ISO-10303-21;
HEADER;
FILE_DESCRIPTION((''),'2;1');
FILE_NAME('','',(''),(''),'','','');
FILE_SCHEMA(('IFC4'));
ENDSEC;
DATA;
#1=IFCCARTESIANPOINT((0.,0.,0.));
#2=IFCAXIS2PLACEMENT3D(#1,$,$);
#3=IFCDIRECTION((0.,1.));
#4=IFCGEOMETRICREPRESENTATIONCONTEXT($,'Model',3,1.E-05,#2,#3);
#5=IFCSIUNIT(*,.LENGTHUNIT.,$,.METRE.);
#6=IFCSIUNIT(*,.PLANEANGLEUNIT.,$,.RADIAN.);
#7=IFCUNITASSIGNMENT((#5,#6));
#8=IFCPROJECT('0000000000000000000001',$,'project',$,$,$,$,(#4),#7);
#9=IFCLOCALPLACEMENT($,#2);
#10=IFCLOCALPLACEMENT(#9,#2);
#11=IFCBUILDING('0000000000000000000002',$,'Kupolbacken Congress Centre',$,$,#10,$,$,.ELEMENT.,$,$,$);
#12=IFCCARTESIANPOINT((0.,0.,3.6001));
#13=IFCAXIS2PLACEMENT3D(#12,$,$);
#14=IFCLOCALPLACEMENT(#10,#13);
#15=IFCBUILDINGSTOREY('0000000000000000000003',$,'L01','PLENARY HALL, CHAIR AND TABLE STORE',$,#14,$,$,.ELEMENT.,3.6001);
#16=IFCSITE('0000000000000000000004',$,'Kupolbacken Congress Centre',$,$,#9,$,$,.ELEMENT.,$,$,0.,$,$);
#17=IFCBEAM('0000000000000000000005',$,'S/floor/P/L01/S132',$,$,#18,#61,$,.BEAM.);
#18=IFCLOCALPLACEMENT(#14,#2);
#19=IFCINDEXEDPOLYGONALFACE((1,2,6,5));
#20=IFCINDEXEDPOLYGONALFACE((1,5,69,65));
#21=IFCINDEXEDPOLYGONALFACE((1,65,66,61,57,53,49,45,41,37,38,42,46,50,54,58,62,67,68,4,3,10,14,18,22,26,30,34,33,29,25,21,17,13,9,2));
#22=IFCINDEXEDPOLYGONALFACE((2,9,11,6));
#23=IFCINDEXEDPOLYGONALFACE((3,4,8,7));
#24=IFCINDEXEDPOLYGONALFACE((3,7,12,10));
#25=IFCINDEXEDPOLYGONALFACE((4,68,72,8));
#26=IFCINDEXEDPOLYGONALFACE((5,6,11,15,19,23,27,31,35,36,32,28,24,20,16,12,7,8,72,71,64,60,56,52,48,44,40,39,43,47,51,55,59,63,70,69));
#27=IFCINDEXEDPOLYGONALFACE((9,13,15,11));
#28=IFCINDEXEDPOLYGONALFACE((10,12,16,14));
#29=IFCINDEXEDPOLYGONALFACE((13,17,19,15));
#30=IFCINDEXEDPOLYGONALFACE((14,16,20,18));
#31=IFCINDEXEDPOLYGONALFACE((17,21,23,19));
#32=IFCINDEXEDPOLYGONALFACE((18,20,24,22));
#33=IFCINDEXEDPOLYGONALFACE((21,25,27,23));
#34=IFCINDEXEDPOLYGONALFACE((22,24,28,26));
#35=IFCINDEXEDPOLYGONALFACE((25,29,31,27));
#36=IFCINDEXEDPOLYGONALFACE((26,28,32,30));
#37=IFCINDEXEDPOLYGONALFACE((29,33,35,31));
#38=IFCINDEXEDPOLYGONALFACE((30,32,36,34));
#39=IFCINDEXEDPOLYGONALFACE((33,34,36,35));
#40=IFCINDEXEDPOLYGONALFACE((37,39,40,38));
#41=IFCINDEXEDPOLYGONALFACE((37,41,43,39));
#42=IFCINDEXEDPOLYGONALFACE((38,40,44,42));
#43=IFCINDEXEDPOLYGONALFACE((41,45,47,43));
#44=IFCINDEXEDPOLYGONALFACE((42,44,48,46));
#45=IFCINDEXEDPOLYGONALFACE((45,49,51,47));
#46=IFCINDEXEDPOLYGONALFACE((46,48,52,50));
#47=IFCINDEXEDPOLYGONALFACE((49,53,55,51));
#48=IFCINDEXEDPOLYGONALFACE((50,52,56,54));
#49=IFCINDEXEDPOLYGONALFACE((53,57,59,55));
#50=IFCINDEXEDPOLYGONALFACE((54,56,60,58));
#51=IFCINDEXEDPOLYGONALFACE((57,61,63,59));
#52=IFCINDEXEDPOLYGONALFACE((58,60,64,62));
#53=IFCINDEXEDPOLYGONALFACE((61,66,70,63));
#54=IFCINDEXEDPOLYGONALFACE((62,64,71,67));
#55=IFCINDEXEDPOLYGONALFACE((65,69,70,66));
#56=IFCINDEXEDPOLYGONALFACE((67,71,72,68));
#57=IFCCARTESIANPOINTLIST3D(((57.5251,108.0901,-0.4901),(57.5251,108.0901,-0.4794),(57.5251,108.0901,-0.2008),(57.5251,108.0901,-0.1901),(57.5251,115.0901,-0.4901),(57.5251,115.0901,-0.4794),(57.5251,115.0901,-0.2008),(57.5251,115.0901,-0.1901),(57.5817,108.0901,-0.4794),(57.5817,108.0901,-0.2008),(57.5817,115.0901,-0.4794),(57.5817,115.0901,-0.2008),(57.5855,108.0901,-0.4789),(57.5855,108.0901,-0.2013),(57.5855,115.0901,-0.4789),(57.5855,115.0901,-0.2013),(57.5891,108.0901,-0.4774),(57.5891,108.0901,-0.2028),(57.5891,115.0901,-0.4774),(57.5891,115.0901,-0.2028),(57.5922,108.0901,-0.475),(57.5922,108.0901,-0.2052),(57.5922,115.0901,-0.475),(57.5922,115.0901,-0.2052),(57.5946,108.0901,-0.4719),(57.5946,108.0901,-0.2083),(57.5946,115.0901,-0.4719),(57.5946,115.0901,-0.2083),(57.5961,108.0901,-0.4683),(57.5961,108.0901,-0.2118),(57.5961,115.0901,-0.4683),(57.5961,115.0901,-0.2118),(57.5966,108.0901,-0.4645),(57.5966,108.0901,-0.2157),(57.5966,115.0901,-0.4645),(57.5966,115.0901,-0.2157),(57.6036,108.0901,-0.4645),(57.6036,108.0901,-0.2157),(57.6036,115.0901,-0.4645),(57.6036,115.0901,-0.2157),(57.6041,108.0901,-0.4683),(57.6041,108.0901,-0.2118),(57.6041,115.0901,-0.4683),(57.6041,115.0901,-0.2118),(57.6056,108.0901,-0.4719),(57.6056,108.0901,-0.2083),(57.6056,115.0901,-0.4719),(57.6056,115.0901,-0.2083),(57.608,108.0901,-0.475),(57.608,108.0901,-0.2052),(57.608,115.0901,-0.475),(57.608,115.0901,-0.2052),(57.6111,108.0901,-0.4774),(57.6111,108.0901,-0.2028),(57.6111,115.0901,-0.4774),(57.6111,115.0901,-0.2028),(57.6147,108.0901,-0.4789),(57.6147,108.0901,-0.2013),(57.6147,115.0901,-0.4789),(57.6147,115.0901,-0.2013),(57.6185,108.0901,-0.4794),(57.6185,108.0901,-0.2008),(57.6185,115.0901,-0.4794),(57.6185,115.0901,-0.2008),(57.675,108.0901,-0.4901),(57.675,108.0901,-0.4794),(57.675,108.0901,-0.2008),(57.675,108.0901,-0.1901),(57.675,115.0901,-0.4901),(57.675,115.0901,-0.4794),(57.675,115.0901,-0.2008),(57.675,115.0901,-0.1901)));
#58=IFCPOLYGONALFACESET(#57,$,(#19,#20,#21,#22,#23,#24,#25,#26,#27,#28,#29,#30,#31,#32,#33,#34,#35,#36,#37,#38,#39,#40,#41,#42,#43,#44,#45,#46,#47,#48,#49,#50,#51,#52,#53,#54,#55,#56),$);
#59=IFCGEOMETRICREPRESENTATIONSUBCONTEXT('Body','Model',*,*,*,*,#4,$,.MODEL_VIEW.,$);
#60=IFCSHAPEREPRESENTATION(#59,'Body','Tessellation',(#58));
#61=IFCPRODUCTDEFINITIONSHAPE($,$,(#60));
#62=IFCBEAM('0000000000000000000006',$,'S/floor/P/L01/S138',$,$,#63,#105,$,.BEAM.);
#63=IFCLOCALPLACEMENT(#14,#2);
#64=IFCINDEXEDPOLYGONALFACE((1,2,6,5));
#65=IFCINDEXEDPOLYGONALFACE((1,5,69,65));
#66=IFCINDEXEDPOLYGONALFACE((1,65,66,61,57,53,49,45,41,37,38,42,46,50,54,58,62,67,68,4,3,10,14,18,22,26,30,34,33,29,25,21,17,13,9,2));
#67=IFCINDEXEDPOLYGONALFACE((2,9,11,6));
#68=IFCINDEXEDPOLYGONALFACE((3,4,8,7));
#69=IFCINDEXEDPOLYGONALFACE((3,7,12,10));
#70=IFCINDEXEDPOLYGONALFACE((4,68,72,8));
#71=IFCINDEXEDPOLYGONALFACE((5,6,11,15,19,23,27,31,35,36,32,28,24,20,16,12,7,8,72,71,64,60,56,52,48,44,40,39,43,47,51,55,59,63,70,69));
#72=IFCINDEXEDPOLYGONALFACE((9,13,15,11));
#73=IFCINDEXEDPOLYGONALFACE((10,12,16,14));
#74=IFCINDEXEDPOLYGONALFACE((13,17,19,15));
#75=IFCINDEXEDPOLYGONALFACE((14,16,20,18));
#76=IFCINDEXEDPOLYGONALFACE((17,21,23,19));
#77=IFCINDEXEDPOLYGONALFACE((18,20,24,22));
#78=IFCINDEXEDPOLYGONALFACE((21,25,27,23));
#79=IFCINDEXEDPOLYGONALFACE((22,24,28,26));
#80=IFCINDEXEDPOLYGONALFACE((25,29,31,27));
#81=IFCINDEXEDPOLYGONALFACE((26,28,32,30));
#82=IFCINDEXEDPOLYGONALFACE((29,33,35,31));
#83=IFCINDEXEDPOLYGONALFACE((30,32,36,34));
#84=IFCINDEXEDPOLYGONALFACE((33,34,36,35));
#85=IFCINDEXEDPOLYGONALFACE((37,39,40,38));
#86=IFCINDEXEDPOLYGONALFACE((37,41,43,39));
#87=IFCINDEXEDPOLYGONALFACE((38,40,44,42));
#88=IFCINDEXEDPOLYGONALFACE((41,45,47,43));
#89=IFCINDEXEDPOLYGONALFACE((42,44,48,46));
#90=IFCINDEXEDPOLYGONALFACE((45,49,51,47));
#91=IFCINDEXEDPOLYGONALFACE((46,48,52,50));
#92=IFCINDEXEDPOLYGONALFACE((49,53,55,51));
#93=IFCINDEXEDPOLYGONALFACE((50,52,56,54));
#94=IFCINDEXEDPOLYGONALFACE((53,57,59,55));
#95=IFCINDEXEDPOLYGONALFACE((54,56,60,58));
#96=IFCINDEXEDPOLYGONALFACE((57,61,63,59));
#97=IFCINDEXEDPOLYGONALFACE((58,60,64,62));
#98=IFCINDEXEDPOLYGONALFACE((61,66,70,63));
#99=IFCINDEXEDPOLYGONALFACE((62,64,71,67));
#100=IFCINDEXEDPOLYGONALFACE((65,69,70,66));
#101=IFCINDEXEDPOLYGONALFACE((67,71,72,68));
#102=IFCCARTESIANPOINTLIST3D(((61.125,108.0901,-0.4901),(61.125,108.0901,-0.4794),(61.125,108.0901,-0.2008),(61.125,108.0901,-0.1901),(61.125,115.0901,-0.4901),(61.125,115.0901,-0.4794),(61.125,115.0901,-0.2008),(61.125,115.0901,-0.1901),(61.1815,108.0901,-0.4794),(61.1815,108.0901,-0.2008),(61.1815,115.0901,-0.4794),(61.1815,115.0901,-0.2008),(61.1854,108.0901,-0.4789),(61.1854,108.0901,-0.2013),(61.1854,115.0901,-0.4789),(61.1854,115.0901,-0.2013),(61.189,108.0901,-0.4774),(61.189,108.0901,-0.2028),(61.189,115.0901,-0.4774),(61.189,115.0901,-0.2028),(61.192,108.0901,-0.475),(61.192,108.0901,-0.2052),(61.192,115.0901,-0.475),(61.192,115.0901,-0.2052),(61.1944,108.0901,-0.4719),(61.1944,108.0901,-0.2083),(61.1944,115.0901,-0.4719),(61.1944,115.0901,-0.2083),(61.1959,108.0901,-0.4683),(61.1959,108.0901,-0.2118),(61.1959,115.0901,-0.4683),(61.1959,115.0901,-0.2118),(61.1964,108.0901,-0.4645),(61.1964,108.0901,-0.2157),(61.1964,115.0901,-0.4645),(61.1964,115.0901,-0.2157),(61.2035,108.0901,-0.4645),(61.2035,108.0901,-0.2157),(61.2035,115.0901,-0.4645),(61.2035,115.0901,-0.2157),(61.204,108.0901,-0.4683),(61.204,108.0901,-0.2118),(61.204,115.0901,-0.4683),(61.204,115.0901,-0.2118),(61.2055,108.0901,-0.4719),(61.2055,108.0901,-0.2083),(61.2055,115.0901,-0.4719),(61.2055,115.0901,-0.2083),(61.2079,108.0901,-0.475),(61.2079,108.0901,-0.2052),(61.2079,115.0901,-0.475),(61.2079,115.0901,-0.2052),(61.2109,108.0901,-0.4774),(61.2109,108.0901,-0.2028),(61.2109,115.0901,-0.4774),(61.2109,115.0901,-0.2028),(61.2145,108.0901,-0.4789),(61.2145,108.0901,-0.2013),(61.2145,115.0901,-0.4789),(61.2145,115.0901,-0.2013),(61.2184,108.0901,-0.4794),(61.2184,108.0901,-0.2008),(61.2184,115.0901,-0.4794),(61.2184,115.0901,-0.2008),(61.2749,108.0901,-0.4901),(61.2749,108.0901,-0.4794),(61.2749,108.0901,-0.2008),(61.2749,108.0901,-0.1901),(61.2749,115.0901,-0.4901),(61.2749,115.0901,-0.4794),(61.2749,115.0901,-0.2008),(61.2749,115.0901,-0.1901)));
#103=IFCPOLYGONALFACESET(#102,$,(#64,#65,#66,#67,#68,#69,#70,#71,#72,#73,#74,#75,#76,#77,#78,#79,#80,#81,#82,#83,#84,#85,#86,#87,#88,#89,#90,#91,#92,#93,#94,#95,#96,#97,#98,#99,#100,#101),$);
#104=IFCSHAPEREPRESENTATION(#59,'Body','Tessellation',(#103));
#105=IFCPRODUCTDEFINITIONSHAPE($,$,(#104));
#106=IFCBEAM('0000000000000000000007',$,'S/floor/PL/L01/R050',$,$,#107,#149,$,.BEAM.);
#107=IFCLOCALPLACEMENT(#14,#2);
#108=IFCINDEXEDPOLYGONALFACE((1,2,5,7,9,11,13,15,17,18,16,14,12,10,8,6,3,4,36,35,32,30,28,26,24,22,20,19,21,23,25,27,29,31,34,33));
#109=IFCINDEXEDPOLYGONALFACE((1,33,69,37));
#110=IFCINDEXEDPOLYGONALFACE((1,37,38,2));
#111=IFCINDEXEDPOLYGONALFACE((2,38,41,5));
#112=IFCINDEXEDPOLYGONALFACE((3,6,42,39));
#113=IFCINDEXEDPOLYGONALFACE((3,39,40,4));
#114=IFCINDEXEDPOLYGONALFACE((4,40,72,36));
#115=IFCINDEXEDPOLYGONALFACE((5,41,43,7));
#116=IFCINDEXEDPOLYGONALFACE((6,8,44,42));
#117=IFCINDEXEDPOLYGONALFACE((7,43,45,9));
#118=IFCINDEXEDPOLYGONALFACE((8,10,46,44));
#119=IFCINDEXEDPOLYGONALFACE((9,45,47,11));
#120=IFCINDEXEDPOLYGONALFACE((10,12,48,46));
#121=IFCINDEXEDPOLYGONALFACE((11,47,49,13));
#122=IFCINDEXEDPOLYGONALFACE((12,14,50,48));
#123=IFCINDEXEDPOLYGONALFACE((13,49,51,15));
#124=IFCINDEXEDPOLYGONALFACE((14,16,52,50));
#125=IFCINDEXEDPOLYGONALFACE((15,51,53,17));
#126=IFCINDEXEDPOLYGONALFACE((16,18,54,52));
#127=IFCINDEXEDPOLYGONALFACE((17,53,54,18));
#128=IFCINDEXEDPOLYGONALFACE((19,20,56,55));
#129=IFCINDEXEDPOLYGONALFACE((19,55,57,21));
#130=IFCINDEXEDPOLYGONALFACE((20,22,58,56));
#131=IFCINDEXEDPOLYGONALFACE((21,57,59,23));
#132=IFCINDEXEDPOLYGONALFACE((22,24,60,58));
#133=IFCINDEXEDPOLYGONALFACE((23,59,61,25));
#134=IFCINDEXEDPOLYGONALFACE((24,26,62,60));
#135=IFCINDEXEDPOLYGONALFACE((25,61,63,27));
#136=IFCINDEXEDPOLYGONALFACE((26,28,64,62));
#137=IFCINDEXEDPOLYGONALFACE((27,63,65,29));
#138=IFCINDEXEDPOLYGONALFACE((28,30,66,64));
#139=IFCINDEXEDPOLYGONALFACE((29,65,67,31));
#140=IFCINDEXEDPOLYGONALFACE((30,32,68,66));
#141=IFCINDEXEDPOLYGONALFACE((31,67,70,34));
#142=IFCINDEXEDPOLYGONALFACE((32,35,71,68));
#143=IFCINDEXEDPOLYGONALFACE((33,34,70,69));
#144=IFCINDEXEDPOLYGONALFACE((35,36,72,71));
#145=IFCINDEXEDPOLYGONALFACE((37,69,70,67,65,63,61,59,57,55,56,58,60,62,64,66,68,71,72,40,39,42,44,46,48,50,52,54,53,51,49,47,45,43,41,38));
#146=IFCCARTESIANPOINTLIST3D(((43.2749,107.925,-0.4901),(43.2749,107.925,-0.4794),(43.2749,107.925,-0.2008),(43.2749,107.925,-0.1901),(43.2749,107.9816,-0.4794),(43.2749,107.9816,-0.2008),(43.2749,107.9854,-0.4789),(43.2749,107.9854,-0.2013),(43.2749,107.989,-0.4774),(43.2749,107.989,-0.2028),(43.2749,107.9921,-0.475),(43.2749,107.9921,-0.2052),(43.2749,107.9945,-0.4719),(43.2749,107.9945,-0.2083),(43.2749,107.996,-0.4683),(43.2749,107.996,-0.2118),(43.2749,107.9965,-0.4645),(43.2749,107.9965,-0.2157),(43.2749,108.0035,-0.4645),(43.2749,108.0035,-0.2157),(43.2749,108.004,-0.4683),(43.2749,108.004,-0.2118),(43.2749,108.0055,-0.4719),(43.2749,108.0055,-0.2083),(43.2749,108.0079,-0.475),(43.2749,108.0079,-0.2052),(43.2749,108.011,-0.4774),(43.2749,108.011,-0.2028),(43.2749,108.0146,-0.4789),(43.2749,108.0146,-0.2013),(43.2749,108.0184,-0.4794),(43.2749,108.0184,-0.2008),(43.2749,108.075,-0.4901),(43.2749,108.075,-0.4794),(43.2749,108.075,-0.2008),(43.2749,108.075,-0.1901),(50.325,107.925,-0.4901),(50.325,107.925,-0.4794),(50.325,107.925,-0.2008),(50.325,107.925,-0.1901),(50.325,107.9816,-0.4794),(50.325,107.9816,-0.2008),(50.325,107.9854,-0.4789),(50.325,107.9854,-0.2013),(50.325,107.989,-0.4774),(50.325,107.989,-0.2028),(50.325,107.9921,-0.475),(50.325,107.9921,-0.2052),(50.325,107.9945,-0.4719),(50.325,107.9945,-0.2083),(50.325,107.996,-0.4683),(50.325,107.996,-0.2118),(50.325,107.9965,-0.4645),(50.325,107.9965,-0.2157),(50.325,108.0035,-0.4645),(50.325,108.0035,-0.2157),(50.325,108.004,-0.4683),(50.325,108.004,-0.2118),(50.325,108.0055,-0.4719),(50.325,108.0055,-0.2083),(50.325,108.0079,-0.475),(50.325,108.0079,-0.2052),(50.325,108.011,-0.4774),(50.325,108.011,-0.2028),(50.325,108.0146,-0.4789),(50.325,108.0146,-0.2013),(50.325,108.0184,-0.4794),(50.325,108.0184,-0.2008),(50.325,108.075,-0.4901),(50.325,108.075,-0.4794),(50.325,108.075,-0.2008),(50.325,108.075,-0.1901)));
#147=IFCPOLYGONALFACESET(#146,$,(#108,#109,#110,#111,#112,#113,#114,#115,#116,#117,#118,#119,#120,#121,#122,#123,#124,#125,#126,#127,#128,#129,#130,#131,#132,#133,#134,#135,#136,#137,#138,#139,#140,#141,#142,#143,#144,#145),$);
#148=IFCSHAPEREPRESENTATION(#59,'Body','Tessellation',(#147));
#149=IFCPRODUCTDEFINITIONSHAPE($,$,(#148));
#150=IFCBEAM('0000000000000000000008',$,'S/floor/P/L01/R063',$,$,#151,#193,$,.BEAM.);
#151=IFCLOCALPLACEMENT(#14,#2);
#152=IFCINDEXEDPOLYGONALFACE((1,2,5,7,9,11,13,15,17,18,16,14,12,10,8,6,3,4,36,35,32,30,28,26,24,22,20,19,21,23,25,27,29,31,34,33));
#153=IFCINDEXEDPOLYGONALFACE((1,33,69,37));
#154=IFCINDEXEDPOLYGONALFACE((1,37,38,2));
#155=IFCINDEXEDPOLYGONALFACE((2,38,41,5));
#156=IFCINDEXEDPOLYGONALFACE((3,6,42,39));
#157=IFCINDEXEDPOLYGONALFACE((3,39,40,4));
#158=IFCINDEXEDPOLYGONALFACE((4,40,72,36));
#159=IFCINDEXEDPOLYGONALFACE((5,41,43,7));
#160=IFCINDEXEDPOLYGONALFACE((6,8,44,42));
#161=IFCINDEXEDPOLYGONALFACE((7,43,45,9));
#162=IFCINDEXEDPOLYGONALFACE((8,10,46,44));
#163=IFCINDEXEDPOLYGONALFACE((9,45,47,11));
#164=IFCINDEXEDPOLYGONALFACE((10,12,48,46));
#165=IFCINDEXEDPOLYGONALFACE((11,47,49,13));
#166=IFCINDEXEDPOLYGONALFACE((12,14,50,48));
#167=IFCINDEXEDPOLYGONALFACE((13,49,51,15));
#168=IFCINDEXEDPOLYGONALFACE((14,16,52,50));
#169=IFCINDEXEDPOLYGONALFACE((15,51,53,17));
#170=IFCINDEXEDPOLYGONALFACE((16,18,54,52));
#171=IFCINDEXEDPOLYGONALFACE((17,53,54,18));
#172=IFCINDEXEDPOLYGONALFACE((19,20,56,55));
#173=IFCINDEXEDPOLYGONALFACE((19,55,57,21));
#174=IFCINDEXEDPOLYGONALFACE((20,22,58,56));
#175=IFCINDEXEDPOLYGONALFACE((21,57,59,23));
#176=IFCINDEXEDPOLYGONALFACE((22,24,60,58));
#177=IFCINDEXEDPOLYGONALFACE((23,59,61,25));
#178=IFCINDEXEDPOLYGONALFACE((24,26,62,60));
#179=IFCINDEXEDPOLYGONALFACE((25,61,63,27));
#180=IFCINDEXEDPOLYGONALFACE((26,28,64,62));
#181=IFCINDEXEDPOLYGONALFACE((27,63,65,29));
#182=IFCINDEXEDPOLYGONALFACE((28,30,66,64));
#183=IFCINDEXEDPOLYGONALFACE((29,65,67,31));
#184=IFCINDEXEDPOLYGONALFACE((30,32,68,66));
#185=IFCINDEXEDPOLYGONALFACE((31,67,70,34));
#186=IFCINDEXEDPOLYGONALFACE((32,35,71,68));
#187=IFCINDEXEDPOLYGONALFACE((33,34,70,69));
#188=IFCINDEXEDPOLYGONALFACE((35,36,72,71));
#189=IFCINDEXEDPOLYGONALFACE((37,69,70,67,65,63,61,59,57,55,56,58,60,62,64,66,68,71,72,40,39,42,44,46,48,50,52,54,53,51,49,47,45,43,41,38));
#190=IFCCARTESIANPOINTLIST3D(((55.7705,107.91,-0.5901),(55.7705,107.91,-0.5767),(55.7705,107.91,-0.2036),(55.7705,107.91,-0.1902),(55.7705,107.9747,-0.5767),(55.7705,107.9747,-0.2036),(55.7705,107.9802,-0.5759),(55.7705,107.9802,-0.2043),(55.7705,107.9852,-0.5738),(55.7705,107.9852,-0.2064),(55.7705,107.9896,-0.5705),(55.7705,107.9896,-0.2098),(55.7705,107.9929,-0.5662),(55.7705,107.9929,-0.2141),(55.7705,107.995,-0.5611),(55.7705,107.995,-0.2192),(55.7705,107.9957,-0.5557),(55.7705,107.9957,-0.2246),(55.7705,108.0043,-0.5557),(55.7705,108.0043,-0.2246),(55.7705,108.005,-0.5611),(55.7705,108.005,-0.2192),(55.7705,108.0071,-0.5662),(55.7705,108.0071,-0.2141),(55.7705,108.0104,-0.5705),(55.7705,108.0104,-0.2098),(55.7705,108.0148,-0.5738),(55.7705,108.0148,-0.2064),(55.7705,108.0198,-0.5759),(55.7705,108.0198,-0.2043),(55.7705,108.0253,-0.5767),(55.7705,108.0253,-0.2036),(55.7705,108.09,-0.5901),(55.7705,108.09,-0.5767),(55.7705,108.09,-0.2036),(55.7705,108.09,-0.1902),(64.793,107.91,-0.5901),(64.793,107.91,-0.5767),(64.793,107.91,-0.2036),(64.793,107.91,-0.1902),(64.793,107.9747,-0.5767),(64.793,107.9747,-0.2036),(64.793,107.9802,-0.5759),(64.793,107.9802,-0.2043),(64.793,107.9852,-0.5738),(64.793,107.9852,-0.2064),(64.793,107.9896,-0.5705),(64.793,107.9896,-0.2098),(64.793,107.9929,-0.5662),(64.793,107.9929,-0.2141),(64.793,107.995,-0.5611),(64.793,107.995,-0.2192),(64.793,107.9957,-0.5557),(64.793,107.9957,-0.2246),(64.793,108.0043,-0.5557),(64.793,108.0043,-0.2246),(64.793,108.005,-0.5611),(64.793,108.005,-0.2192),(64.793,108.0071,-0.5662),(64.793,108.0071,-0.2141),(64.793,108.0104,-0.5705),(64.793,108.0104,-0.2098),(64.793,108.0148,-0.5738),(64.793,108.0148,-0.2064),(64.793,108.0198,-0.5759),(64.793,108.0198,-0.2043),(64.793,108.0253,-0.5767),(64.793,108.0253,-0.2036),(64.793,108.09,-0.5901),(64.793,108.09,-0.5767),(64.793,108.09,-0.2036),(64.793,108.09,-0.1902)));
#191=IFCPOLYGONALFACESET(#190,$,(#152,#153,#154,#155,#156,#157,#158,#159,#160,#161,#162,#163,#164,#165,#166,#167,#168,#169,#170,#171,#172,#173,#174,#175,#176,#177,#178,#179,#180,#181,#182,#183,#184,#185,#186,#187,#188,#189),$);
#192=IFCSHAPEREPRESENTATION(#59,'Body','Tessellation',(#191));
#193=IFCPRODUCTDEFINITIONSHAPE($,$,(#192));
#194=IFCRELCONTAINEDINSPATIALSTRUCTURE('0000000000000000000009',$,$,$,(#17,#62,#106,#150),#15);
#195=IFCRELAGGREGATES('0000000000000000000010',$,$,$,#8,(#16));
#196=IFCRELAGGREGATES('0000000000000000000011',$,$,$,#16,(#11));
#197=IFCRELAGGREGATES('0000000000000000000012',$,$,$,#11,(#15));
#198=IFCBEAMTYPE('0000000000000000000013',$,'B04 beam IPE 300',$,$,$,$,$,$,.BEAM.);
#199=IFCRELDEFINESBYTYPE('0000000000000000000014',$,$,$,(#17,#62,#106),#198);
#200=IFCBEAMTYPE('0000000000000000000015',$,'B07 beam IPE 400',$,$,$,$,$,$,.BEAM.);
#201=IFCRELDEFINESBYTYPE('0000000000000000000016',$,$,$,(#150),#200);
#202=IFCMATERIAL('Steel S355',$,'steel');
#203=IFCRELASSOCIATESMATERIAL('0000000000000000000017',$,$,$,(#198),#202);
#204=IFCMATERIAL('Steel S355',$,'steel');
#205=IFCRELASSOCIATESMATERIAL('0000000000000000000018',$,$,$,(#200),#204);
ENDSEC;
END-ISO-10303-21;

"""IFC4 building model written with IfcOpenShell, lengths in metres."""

from ifc_helpers import new_model, si_unit, direction, frame, origin, origin_2d, place, context, subcontext, project, spatial, i_section, extrude, material, material_profile, profile_set, type_object, element, save


model = new_model("IFC4")

# Units and contexts
model_context = context("Model", 3, precision=1e-05, world=origin(), true_north=direction((0.0, 1.0)))
body_context = subcontext(model_context, "Body", "Model", "MODEL_VIEW")
ifc_project = project(units=[si_unit("LENGTHUNIT", "METRE"), si_unit("PLANEANGLEUNIT", "RADIAN")], contexts=[model_context])

# Site, building, storey
site_placement = place(None, origin())
site = spatial("IfcSite", under=ifc_project, at=site_placement, Name="Kupolbacken Congress Centre", CompositionType="ELEMENT", RefElevation=0.0)
building_placement = place(site_placement, origin())
building = spatial("IfcBuilding", under=site, at=building_placement, Name="Kupolbacken Congress Centre", CompositionType="ELEMENT")
storey_placement = place(building_placement, frame((0.0, 0.0, 3.6001)))
storey = spatial("IfcBuildingStorey", under=building, at=storey_placement, Name="L01", Description="PLENARY HALL, CHAIR AND TABLE STORE", CompositionType="ELEMENT", Elevation=3.6001)

# Beams
ifc_material_1 = material(Name="Steel S355", Category="steel")
ifc_material_profile_1 = material_profile(ifc_material_1, i_section(OverallWidth=0.1499, OverallDepth=0.3, WebThickness=0.0071, FlangeThickness=0.0107, FilletRadius=0.0149, at=origin_2d()), Name="IPE 300")
ifc_profile_set_1 = profile_set([ifc_material_profile_1], Name="Steel S355")
beam_type_1 = type_object("IfcBeamType", Name="B04 beam IPE 300", PredefinedType="BEAM", material=ifc_profile_set_1)
for number, where, z_axis, x_axis, name in (
    (1, (57.6001, 108.0901, -0.3401), (0.0, 1.0, 0.0), (-1.0, 0.0, 0.0), "S/floor/P/L01/S132"),
    (2, (61.2, 108.0901, -0.3401), (0.0, 1.0, 0.0), (-1.0, 0.0, 0.0), "S/floor/P/L01/S138"),
):
    element("IfcBeam", number, at=place(storey_placement, frame(where, z_axis=z_axis, x_axis=x_axis)), inside=storey, type_object=beam_type_1, Name=name, PredefinedType="BEAM", context=body_context, shape_type="SweptSolid", body=[
        extrude(i_section(OverallWidth=0.1499, OverallDepth=0.3, WebThickness=0.0071, FlangeThickness=0.0107, FilletRadius=0.0149, at=origin_2d()), origin(), (0.0, 0.0, 1.0), 7.0),
    ])
beam_1_placement = place(storey_placement, frame((43.2749, 108.0, -0.3401), z_axis=(1.0, 0.0, 0.0), x_axis=(0.0, 1.0, 0.0)))
element("IfcBeam", 3, at=beam_1_placement, inside=storey, type_object=beam_type_1, Name="S/floor/PL/L01/R050", PredefinedType="BEAM", context=body_context, shape_type="SweptSolid", body=[
    extrude(i_section(OverallWidth=0.1499, OverallDepth=0.3, WebThickness=0.0071, FlangeThickness=0.0107, FilletRadius=0.0149, at=origin_2d()), origin(), (0.0, 0.0, 1.0), 7.05),
])
ifc_material_2 = material(Name="Steel S355", Category="steel")
ifc_material_profile_2 = material_profile(ifc_material_2, i_section(OverallWidth=0.1799, OverallDepth=0.3999, WebThickness=0.0085, FlangeThickness=0.0134, FilletRadius=0.021, at=origin_2d()), Name="IPE 400")
ifc_profile_set_2 = profile_set([ifc_material_profile_2], Name="Steel S355")
beam_type_2 = type_object("IfcBeamType", Name="B07 beam IPE 400", PredefinedType="BEAM", material=ifc_profile_set_2)
beam_2_placement = place(storey_placement, frame((55.7705, 108.0, -0.3901), z_axis=(1.0, 0.0, 0.0), x_axis=(0.0, 1.0, 0.0)))
element("IfcBeam", 4, at=beam_2_placement, inside=storey, type_object=beam_type_2, Name="S/floor/P/L01/R063", PredefinedType="BEAM", context=body_context, shape_type="SweptSolid", body=[
    extrude(i_section(OverallWidth=0.1799, OverallDepth=0.3999, WebThickness=0.0085, FlangeThickness=0.0134, FilletRadius=0.021, at=origin_2d()), origin(), (0.0, 0.0, 1.0), 9.0225),
])

save(model, "model.ifc")
